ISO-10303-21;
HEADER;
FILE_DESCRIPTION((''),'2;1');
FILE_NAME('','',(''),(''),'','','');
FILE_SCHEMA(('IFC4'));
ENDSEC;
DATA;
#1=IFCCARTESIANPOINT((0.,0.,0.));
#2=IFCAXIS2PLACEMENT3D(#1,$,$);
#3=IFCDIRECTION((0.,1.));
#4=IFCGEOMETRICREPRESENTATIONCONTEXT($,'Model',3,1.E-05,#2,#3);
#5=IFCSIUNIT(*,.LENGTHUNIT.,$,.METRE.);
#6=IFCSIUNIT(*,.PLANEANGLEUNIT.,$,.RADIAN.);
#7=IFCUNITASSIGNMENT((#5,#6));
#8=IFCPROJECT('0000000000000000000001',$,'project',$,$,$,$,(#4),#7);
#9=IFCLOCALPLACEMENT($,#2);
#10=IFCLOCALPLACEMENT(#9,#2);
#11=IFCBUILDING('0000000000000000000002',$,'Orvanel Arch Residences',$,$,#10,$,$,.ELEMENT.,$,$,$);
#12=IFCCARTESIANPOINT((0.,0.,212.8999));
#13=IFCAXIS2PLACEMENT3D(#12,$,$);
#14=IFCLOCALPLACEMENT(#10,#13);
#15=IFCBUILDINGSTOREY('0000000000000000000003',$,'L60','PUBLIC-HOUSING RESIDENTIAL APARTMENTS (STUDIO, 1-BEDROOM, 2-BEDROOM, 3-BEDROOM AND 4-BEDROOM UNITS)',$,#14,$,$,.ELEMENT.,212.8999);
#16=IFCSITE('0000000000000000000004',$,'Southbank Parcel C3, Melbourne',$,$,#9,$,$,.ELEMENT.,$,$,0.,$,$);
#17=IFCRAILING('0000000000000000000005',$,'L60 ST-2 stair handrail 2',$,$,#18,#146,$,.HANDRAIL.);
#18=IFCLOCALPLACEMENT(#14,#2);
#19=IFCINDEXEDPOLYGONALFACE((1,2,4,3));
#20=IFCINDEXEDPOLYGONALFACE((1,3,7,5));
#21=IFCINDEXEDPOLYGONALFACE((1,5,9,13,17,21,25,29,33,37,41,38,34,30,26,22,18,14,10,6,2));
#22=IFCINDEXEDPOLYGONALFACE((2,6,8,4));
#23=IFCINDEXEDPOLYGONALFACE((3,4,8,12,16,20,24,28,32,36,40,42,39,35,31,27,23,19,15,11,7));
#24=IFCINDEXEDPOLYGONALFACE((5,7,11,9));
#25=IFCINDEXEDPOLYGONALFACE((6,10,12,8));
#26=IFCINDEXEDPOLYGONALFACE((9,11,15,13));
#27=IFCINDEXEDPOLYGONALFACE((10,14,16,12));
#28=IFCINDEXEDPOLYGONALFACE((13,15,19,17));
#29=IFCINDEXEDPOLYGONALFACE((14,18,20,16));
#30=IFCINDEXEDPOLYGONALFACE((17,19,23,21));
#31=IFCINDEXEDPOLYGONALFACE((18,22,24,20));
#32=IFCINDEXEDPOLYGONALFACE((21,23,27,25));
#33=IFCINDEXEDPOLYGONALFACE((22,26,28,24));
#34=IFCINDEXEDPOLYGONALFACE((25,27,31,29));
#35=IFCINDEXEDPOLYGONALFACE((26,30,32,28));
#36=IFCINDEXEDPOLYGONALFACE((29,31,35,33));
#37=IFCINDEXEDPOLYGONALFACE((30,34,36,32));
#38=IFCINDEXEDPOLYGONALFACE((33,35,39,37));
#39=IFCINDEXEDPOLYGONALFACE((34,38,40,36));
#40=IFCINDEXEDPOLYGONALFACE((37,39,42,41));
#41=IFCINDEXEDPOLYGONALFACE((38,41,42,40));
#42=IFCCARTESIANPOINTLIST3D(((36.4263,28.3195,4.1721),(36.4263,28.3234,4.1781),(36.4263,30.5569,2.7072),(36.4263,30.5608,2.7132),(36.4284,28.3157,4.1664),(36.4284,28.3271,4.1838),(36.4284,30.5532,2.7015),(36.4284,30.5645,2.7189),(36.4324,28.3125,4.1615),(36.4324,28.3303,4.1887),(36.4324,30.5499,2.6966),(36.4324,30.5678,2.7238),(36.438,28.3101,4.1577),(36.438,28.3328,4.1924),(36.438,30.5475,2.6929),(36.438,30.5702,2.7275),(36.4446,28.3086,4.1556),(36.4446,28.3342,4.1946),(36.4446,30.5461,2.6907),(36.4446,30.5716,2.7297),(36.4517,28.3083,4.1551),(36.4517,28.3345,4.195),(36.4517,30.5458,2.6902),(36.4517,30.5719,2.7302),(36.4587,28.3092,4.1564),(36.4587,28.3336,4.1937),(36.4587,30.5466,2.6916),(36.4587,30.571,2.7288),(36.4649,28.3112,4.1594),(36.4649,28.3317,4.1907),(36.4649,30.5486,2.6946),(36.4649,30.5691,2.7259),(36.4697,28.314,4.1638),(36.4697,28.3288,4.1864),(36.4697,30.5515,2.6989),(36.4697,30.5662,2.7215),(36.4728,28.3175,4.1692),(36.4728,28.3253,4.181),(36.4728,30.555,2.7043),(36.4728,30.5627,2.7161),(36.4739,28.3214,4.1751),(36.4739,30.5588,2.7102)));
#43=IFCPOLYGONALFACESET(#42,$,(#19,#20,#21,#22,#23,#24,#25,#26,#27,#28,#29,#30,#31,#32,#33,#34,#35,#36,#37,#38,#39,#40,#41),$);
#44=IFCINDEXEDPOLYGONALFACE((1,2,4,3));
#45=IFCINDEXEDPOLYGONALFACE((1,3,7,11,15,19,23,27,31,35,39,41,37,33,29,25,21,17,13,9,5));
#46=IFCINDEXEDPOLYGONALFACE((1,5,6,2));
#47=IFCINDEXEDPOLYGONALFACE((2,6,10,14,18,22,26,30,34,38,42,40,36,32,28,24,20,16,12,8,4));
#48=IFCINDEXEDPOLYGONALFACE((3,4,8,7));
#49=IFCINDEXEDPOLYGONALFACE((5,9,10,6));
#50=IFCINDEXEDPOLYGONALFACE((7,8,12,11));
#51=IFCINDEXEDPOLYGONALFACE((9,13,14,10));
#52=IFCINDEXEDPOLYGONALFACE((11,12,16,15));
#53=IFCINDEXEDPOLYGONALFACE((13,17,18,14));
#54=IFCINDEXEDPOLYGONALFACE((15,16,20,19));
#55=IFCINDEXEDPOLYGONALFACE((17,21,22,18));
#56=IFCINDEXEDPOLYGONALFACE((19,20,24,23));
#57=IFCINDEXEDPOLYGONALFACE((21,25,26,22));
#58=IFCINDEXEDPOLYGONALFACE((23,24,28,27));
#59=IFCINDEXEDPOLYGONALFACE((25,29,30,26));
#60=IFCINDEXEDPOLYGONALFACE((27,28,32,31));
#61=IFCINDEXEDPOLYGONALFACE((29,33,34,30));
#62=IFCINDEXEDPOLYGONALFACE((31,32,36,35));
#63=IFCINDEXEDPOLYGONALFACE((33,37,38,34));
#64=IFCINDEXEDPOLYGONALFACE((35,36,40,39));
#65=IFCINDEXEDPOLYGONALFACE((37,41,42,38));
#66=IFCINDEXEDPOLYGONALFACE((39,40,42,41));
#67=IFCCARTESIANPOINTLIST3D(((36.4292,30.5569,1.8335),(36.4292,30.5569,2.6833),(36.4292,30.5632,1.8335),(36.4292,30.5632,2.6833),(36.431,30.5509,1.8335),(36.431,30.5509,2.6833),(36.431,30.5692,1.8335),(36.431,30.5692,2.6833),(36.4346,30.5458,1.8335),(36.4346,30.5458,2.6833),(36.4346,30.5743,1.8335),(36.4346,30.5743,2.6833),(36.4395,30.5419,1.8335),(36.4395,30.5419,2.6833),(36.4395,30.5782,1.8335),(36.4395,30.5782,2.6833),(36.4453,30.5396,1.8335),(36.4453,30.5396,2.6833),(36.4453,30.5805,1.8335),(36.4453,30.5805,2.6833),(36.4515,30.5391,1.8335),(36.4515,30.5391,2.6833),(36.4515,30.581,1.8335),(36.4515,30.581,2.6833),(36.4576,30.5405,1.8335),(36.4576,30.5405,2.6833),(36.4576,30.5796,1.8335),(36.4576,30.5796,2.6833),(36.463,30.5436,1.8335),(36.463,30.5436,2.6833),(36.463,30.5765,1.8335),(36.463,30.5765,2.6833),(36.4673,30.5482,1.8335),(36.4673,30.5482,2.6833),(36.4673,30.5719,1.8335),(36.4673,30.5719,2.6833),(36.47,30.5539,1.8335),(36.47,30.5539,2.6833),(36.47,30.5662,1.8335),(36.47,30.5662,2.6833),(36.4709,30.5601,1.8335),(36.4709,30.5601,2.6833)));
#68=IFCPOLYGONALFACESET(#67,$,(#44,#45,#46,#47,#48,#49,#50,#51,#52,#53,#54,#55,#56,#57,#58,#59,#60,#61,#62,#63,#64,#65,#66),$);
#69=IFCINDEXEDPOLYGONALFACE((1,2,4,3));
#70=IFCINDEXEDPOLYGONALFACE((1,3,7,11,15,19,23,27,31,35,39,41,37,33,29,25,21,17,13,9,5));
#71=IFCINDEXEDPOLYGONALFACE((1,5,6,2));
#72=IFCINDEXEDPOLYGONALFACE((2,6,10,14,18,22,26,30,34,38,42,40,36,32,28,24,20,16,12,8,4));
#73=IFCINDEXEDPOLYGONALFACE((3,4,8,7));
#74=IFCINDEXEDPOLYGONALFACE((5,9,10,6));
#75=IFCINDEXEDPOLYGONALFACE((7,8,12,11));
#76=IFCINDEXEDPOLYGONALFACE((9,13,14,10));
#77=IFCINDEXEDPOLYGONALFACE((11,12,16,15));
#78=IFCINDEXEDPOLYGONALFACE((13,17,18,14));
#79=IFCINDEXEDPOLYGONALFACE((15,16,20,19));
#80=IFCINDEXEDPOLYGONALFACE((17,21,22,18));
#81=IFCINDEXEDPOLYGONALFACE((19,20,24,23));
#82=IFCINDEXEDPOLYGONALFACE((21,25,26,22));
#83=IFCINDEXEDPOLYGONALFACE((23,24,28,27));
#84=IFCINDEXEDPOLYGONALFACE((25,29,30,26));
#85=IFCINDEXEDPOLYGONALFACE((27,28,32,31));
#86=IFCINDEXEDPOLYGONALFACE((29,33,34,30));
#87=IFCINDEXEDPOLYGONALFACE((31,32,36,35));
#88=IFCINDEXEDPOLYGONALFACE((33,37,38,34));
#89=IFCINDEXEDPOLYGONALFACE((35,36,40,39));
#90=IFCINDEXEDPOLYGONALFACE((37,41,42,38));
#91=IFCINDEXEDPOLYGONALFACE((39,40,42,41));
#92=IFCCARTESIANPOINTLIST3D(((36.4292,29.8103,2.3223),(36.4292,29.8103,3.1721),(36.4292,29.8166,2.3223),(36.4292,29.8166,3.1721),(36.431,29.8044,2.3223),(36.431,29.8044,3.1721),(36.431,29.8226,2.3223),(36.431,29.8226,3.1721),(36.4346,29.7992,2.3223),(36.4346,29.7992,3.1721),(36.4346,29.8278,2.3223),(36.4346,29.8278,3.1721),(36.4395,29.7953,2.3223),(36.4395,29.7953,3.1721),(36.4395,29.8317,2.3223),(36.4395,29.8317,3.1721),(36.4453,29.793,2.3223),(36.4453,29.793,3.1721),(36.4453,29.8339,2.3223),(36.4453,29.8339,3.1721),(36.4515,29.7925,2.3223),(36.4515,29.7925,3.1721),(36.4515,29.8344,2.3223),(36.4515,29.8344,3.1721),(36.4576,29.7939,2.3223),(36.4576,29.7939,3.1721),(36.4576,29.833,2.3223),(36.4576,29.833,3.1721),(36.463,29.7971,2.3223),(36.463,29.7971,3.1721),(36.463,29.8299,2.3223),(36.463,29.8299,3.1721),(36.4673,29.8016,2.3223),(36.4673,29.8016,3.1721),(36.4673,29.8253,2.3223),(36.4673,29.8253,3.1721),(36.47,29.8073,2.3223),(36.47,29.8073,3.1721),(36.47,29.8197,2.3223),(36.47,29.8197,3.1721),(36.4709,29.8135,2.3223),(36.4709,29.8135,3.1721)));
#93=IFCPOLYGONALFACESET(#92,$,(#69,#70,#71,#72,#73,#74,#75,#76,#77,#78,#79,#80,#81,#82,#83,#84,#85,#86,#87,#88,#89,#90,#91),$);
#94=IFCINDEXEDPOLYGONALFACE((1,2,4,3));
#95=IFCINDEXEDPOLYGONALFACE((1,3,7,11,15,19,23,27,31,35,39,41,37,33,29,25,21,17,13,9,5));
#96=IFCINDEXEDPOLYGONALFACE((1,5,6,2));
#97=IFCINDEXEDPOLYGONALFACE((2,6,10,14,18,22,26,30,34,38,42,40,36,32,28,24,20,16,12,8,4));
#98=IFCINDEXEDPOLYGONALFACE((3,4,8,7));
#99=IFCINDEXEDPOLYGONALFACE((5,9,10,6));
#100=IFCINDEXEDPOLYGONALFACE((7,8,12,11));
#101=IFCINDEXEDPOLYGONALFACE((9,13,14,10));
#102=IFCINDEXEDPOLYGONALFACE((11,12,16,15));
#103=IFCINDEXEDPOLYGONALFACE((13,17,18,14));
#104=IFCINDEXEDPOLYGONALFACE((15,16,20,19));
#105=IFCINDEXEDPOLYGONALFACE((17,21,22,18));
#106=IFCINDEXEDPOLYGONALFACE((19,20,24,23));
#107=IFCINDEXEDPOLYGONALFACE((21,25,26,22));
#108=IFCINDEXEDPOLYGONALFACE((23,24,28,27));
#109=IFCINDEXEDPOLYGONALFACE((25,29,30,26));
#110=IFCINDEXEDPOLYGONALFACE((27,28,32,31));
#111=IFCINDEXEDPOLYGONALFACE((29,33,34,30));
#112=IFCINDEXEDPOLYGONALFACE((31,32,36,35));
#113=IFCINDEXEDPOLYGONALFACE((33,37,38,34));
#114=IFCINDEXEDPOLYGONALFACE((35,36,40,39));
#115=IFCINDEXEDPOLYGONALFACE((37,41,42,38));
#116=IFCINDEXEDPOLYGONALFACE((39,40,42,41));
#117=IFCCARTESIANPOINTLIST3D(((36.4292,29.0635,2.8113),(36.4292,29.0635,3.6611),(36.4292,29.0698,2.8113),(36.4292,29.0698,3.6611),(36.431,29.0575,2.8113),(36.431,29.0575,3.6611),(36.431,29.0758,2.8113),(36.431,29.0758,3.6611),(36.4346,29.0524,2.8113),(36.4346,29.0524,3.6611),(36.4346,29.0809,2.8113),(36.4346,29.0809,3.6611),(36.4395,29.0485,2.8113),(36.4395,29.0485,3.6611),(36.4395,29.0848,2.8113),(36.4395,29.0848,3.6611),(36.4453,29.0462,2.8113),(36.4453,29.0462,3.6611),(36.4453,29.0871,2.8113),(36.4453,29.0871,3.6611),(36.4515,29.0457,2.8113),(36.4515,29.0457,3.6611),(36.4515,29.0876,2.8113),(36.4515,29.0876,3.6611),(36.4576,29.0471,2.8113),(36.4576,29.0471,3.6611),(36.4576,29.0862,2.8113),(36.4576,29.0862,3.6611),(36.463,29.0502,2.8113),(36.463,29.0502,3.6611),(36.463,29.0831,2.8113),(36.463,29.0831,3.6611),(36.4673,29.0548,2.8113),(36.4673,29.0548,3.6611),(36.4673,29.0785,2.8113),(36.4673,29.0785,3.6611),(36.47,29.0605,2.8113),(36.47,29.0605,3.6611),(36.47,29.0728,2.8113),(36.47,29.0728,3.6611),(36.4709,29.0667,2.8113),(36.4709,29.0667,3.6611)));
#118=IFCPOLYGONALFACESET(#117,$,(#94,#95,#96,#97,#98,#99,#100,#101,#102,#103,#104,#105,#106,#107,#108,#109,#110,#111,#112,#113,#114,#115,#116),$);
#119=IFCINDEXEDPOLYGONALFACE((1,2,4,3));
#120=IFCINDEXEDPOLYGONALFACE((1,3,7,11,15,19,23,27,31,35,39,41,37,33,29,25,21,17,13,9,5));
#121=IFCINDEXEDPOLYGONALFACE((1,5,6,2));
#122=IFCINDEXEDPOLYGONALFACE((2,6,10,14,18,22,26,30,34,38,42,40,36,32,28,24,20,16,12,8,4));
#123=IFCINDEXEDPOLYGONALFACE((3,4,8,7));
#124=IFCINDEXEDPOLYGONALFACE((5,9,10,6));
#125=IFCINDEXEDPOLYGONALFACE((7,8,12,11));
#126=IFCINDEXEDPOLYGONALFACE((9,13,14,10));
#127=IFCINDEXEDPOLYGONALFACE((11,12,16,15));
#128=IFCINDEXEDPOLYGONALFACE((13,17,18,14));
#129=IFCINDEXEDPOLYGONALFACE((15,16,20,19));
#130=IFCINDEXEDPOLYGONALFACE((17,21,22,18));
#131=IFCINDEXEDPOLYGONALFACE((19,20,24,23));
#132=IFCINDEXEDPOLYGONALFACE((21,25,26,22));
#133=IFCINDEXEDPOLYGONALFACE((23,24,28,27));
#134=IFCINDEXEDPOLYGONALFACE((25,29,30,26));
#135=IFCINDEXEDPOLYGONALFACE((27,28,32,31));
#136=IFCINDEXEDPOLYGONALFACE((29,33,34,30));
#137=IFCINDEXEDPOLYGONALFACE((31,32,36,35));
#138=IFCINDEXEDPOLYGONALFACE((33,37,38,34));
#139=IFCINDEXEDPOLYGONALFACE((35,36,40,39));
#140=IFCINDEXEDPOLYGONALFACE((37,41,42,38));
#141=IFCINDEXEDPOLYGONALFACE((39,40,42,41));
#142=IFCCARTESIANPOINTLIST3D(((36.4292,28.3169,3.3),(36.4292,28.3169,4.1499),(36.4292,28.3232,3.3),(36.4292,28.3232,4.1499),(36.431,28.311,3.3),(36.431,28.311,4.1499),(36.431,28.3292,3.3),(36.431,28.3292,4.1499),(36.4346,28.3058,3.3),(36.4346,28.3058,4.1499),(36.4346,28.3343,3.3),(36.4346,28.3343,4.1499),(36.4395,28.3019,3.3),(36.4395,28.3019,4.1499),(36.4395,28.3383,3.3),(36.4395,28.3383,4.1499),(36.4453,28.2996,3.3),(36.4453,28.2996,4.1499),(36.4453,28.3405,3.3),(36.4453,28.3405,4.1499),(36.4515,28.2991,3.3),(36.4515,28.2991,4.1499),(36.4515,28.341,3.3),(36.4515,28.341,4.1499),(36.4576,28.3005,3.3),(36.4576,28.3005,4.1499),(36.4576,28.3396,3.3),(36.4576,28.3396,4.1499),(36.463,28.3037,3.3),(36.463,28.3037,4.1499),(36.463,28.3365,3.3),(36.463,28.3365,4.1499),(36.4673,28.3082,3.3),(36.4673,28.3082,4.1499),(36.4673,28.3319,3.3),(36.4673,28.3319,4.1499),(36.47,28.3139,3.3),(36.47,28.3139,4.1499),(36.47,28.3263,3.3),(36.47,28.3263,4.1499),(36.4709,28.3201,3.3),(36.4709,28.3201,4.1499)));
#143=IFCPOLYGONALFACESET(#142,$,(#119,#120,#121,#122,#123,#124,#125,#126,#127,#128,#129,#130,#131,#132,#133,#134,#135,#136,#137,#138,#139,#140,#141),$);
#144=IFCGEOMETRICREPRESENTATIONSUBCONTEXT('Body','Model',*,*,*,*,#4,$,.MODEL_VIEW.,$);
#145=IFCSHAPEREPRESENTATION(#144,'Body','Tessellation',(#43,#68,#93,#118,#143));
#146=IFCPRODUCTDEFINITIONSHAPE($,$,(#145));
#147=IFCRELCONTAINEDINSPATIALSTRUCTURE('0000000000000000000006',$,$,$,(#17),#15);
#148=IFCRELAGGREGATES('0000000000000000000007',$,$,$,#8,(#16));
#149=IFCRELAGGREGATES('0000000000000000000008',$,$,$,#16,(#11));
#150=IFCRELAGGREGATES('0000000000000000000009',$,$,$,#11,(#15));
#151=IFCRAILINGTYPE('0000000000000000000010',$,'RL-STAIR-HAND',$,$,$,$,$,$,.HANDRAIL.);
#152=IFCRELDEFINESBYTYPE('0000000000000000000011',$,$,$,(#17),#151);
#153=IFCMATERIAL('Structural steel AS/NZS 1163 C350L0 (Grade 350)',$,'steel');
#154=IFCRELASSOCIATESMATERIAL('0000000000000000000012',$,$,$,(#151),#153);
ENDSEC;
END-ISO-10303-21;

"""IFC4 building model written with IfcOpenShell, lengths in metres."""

from ifc_helpers import new_model, si_unit, direction, frame, origin, origin_2d, place, context, subcontext, project, spatial, circle, extrude, material, type_object, element, save


model = new_model("IFC4")

# Units and contexts
model_context = context("Model", 3, precision=1e-05, world=origin(), true_north=direction((0.0, 1.0)))
body_context = subcontext(model_context, "Body", "Model", "MODEL_VIEW")
ifc_project = project(units=[si_unit("LENGTHUNIT", "METRE"), si_unit("PLANEANGLEUNIT", "RADIAN")], contexts=[model_context])

# Site, building, storey
site_placement = place(None, origin())
site = spatial("IfcSite", under=ifc_project, at=site_placement, Name="Southbank Parcel C3, Melbourne", CompositionType="ELEMENT", RefElevation=0.0)
building_placement = place(site_placement, origin())
building = spatial("IfcBuilding", under=site, at=building_placement, Name="Orvanel Arch Residences", CompositionType="ELEMENT")
storey_placement = place(building_placement, frame((0.0, 0.0, 212.8999)))
storey = spatial("IfcBuildingStorey", under=building, at=storey_placement, Name="L60", Description="PUBLIC-HOUSING RESIDENTIAL APARTMENTS (STUDIO, 1-BEDROOM, 2-BEDROOM, 3-BEDROOM AND 4-BEDROOM UNITS)", CompositionType="ELEMENT", Elevation=212.8999)

# Railing
ifc_material_1 = material(Name="Structural steel AS/NZS 1163 C350L0 (Grade 350)", Category="steel")
railing_type_1 = type_object("IfcRailingType", Name="RL-STAIR-HAND", PredefinedType="HANDRAIL", material=ifc_material_1)
railing_1_placement = place(storey_placement, frame((36.45, 30.5601, 1.8335)))
element("IfcRailing", 1, at=railing_1_placement, inside=storey, type_object=railing_type_1, Name="L60 ST-2 stair handrail 2", PredefinedType="HANDRAIL", context=body_context, shape_type="SweptSolid", body=[
    extrude(circle(Radius=0.0239, at=origin_2d()), frame((0.0, -0.0012, 0.8767), z_axis=(0.0, -0.836637, 0.547758), x_axis=(1.0, 0.0, 0.0)), (0.0, 0.0, 1.0), 2.6743),
    extrude(circle(Radius=0.021, at=origin_2d()), origin(), (0.0, 0.0, 1.0), 0.8499),
    extrude(circle(Radius=0.021, at=origin_2d()), frame((0.0, -0.7466, 0.4888)), (0.0, 0.0, 1.0), 0.8499),
    extrude(circle(Radius=0.021, at=origin_2d()), frame((0.0, -1.4934, 0.9778)), (0.0, 0.0, 1.0), 0.8499),
    extrude(circle(Radius=0.021, at=origin_2d()), frame((0.0, -2.24, 1.4666)), (0.0, 0.0, 1.0), 0.8499),
])

save(model, "model.ifc")
